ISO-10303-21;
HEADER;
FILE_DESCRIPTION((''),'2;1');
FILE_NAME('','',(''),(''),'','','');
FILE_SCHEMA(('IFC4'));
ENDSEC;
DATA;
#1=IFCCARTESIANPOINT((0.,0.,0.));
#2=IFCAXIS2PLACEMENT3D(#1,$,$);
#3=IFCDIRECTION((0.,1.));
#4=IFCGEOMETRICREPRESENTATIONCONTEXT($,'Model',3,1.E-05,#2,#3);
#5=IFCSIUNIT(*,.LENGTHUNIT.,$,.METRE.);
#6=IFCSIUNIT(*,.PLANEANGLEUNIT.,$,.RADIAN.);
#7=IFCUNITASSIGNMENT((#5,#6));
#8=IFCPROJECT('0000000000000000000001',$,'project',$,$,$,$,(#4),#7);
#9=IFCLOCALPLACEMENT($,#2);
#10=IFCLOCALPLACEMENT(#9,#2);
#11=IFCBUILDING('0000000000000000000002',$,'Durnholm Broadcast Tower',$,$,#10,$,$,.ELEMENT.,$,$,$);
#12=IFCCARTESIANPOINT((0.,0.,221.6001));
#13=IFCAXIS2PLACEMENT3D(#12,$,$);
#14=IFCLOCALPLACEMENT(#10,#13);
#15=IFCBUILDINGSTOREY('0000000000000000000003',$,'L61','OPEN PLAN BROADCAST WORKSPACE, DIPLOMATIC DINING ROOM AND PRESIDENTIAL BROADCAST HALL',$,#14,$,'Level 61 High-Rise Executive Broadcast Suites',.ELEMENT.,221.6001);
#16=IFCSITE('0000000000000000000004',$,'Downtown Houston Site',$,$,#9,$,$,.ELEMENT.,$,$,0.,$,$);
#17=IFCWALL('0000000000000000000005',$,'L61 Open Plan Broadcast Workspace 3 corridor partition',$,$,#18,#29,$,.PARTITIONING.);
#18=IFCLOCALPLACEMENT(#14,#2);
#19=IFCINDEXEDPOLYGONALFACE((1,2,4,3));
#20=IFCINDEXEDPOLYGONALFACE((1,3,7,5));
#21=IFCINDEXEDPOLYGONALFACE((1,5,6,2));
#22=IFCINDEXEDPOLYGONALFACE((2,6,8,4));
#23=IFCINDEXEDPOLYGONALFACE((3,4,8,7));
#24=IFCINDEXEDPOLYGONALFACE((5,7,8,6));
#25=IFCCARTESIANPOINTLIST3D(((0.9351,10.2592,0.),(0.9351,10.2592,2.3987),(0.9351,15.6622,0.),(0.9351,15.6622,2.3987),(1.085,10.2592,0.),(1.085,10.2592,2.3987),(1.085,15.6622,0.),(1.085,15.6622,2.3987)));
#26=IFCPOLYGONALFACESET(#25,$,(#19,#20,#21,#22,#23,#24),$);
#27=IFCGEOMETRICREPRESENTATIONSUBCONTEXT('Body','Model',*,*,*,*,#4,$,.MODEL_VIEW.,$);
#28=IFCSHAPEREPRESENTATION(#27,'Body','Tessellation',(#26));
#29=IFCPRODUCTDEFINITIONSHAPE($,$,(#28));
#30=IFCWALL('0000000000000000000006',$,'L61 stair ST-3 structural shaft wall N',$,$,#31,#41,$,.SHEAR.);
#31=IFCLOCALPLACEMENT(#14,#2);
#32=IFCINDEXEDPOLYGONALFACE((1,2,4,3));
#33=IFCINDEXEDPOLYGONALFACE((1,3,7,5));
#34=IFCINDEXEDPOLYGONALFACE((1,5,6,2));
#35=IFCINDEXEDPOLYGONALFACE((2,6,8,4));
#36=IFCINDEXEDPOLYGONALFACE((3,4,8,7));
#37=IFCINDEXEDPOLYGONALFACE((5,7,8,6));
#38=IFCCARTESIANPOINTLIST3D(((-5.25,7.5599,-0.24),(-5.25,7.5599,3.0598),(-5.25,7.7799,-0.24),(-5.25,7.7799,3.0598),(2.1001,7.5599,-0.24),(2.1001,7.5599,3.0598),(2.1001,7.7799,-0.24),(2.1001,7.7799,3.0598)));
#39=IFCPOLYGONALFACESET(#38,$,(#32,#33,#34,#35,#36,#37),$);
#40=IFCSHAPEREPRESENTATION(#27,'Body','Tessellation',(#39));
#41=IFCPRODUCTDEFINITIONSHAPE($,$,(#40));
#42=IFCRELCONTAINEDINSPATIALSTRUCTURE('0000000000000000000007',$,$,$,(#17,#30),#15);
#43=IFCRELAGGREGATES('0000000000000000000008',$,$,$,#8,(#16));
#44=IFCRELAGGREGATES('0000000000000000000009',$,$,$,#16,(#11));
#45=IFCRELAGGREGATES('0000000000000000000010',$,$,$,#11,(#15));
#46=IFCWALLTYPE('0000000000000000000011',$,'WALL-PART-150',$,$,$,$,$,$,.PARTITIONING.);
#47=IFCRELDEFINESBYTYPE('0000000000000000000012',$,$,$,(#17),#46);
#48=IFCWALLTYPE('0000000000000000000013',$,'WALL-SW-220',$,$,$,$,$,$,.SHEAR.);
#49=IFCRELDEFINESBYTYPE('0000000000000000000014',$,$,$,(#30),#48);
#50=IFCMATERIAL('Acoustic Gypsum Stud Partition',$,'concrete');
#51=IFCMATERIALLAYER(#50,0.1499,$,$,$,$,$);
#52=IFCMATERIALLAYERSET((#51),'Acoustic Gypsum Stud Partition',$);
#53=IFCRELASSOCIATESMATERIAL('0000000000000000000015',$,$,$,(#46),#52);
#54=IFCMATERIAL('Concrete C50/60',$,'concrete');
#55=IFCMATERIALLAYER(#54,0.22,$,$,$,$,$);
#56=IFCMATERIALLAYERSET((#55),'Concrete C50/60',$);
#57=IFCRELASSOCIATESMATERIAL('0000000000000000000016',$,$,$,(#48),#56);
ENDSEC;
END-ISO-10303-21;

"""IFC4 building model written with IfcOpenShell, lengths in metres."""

from ifc_helpers import new_model, si_unit, direction, frame, frame_2d, origin, place, context, subcontext, project, spatial, rectangle, extrude, material, layer, layer_set, type_object, element, save


model = new_model("IFC4")

# Units and contexts
model_context = context("Model", 3, precision=1e-05, world=origin(), true_north=direction((0.0, 1.0)))
body_context = subcontext(model_context, "Body", "Model", "MODEL_VIEW")
ifc_project = project(units=[si_unit("LENGTHUNIT", "METRE"), si_unit("PLANEANGLEUNIT", "RADIAN")], contexts=[model_context])

# Site, building, storey
site_placement = place(None, origin())
site = spatial("IfcSite", under=ifc_project, at=site_placement, Name="Downtown Houston Site", CompositionType="ELEMENT", RefElevation=0.0)
building_placement = place(site_placement, origin())
building = spatial("IfcBuilding", under=site, at=building_placement, Name="Durnholm Broadcast Tower", CompositionType="ELEMENT")
storey_placement = place(building_placement, frame((0.0, 0.0, 221.6001)))
storey = spatial("IfcBuildingStorey", under=building, at=storey_placement, Name="L61", Description="OPEN PLAN BROADCAST WORKSPACE, DIPLOMATIC DINING ROOM AND PRESIDENTIAL BROADCAST HALL", LongName="Level 61 High-Rise Executive Broadcast Suites", CompositionType="ELEMENT", Elevation=221.6001)

# Walls
ifc_material_1 = material(Name="Acoustic Gypsum Stud Partition", Category="concrete")
ifc_layer_1 = layer(ifc_material_1, 0.1499)
ifc_layer_set_1 = layer_set([ifc_layer_1], Name="Acoustic Gypsum Stud Partition")
wall_type_1 = type_object("IfcWallType", Name="WALL-PART-150", PredefinedType="PARTITIONING", material=ifc_layer_set_1)
wall_1_placement = place(storey_placement, frame((1.01, 10.259, 0.0), z_axis=(0.0, 0.0, 1.0), x_axis=(0.0, 1.0, 0.0)))
element("IfcWall", 1, at=wall_1_placement, inside=storey, type_object=wall_type_1, Name="L61 Open Plan Broadcast Workspace 3 corridor partition", PredefinedType="PARTITIONING", context=body_context, shape_type="SweptSolid", body=[
    extrude(rectangle(XDim=5.4031, YDim=0.1499, at=frame_2d((2.7017, 0.0))), origin(), (0.0, 0.0, 1.0), 2.3987),
])
ifc_material_2 = material(Name="Concrete C50/60", Category="concrete")
ifc_layer_2 = layer(ifc_material_2, 0.22)
ifc_layer_set_2 = layer_set([ifc_layer_2], Name="Concrete C50/60")
wall_type_2 = type_object("IfcWallType", Name="WALL-SW-220", PredefinedType="SHEAR", material=ifc_layer_set_2)
wall_2_placement = place(storey_placement, frame((2.1001, 7.6699, -0.24), z_axis=(0.0, 0.0, 1.0), x_axis=(-1.0, 0.0, 0.0)))
element("IfcWall", 2, at=wall_2_placement, inside=storey, type_object=wall_type_2, Name="L61 stair ST-3 structural shaft wall N", PredefinedType="SHEAR", context=body_context, shape_type="SweptSolid", body=[
    extrude(rectangle(XDim=7.3501, YDim=0.22, at=frame_2d((3.675, 0.0))), origin(), (0.0, 0.0, 1.0), 3.2998),
])

save(model, "model.ifc")
